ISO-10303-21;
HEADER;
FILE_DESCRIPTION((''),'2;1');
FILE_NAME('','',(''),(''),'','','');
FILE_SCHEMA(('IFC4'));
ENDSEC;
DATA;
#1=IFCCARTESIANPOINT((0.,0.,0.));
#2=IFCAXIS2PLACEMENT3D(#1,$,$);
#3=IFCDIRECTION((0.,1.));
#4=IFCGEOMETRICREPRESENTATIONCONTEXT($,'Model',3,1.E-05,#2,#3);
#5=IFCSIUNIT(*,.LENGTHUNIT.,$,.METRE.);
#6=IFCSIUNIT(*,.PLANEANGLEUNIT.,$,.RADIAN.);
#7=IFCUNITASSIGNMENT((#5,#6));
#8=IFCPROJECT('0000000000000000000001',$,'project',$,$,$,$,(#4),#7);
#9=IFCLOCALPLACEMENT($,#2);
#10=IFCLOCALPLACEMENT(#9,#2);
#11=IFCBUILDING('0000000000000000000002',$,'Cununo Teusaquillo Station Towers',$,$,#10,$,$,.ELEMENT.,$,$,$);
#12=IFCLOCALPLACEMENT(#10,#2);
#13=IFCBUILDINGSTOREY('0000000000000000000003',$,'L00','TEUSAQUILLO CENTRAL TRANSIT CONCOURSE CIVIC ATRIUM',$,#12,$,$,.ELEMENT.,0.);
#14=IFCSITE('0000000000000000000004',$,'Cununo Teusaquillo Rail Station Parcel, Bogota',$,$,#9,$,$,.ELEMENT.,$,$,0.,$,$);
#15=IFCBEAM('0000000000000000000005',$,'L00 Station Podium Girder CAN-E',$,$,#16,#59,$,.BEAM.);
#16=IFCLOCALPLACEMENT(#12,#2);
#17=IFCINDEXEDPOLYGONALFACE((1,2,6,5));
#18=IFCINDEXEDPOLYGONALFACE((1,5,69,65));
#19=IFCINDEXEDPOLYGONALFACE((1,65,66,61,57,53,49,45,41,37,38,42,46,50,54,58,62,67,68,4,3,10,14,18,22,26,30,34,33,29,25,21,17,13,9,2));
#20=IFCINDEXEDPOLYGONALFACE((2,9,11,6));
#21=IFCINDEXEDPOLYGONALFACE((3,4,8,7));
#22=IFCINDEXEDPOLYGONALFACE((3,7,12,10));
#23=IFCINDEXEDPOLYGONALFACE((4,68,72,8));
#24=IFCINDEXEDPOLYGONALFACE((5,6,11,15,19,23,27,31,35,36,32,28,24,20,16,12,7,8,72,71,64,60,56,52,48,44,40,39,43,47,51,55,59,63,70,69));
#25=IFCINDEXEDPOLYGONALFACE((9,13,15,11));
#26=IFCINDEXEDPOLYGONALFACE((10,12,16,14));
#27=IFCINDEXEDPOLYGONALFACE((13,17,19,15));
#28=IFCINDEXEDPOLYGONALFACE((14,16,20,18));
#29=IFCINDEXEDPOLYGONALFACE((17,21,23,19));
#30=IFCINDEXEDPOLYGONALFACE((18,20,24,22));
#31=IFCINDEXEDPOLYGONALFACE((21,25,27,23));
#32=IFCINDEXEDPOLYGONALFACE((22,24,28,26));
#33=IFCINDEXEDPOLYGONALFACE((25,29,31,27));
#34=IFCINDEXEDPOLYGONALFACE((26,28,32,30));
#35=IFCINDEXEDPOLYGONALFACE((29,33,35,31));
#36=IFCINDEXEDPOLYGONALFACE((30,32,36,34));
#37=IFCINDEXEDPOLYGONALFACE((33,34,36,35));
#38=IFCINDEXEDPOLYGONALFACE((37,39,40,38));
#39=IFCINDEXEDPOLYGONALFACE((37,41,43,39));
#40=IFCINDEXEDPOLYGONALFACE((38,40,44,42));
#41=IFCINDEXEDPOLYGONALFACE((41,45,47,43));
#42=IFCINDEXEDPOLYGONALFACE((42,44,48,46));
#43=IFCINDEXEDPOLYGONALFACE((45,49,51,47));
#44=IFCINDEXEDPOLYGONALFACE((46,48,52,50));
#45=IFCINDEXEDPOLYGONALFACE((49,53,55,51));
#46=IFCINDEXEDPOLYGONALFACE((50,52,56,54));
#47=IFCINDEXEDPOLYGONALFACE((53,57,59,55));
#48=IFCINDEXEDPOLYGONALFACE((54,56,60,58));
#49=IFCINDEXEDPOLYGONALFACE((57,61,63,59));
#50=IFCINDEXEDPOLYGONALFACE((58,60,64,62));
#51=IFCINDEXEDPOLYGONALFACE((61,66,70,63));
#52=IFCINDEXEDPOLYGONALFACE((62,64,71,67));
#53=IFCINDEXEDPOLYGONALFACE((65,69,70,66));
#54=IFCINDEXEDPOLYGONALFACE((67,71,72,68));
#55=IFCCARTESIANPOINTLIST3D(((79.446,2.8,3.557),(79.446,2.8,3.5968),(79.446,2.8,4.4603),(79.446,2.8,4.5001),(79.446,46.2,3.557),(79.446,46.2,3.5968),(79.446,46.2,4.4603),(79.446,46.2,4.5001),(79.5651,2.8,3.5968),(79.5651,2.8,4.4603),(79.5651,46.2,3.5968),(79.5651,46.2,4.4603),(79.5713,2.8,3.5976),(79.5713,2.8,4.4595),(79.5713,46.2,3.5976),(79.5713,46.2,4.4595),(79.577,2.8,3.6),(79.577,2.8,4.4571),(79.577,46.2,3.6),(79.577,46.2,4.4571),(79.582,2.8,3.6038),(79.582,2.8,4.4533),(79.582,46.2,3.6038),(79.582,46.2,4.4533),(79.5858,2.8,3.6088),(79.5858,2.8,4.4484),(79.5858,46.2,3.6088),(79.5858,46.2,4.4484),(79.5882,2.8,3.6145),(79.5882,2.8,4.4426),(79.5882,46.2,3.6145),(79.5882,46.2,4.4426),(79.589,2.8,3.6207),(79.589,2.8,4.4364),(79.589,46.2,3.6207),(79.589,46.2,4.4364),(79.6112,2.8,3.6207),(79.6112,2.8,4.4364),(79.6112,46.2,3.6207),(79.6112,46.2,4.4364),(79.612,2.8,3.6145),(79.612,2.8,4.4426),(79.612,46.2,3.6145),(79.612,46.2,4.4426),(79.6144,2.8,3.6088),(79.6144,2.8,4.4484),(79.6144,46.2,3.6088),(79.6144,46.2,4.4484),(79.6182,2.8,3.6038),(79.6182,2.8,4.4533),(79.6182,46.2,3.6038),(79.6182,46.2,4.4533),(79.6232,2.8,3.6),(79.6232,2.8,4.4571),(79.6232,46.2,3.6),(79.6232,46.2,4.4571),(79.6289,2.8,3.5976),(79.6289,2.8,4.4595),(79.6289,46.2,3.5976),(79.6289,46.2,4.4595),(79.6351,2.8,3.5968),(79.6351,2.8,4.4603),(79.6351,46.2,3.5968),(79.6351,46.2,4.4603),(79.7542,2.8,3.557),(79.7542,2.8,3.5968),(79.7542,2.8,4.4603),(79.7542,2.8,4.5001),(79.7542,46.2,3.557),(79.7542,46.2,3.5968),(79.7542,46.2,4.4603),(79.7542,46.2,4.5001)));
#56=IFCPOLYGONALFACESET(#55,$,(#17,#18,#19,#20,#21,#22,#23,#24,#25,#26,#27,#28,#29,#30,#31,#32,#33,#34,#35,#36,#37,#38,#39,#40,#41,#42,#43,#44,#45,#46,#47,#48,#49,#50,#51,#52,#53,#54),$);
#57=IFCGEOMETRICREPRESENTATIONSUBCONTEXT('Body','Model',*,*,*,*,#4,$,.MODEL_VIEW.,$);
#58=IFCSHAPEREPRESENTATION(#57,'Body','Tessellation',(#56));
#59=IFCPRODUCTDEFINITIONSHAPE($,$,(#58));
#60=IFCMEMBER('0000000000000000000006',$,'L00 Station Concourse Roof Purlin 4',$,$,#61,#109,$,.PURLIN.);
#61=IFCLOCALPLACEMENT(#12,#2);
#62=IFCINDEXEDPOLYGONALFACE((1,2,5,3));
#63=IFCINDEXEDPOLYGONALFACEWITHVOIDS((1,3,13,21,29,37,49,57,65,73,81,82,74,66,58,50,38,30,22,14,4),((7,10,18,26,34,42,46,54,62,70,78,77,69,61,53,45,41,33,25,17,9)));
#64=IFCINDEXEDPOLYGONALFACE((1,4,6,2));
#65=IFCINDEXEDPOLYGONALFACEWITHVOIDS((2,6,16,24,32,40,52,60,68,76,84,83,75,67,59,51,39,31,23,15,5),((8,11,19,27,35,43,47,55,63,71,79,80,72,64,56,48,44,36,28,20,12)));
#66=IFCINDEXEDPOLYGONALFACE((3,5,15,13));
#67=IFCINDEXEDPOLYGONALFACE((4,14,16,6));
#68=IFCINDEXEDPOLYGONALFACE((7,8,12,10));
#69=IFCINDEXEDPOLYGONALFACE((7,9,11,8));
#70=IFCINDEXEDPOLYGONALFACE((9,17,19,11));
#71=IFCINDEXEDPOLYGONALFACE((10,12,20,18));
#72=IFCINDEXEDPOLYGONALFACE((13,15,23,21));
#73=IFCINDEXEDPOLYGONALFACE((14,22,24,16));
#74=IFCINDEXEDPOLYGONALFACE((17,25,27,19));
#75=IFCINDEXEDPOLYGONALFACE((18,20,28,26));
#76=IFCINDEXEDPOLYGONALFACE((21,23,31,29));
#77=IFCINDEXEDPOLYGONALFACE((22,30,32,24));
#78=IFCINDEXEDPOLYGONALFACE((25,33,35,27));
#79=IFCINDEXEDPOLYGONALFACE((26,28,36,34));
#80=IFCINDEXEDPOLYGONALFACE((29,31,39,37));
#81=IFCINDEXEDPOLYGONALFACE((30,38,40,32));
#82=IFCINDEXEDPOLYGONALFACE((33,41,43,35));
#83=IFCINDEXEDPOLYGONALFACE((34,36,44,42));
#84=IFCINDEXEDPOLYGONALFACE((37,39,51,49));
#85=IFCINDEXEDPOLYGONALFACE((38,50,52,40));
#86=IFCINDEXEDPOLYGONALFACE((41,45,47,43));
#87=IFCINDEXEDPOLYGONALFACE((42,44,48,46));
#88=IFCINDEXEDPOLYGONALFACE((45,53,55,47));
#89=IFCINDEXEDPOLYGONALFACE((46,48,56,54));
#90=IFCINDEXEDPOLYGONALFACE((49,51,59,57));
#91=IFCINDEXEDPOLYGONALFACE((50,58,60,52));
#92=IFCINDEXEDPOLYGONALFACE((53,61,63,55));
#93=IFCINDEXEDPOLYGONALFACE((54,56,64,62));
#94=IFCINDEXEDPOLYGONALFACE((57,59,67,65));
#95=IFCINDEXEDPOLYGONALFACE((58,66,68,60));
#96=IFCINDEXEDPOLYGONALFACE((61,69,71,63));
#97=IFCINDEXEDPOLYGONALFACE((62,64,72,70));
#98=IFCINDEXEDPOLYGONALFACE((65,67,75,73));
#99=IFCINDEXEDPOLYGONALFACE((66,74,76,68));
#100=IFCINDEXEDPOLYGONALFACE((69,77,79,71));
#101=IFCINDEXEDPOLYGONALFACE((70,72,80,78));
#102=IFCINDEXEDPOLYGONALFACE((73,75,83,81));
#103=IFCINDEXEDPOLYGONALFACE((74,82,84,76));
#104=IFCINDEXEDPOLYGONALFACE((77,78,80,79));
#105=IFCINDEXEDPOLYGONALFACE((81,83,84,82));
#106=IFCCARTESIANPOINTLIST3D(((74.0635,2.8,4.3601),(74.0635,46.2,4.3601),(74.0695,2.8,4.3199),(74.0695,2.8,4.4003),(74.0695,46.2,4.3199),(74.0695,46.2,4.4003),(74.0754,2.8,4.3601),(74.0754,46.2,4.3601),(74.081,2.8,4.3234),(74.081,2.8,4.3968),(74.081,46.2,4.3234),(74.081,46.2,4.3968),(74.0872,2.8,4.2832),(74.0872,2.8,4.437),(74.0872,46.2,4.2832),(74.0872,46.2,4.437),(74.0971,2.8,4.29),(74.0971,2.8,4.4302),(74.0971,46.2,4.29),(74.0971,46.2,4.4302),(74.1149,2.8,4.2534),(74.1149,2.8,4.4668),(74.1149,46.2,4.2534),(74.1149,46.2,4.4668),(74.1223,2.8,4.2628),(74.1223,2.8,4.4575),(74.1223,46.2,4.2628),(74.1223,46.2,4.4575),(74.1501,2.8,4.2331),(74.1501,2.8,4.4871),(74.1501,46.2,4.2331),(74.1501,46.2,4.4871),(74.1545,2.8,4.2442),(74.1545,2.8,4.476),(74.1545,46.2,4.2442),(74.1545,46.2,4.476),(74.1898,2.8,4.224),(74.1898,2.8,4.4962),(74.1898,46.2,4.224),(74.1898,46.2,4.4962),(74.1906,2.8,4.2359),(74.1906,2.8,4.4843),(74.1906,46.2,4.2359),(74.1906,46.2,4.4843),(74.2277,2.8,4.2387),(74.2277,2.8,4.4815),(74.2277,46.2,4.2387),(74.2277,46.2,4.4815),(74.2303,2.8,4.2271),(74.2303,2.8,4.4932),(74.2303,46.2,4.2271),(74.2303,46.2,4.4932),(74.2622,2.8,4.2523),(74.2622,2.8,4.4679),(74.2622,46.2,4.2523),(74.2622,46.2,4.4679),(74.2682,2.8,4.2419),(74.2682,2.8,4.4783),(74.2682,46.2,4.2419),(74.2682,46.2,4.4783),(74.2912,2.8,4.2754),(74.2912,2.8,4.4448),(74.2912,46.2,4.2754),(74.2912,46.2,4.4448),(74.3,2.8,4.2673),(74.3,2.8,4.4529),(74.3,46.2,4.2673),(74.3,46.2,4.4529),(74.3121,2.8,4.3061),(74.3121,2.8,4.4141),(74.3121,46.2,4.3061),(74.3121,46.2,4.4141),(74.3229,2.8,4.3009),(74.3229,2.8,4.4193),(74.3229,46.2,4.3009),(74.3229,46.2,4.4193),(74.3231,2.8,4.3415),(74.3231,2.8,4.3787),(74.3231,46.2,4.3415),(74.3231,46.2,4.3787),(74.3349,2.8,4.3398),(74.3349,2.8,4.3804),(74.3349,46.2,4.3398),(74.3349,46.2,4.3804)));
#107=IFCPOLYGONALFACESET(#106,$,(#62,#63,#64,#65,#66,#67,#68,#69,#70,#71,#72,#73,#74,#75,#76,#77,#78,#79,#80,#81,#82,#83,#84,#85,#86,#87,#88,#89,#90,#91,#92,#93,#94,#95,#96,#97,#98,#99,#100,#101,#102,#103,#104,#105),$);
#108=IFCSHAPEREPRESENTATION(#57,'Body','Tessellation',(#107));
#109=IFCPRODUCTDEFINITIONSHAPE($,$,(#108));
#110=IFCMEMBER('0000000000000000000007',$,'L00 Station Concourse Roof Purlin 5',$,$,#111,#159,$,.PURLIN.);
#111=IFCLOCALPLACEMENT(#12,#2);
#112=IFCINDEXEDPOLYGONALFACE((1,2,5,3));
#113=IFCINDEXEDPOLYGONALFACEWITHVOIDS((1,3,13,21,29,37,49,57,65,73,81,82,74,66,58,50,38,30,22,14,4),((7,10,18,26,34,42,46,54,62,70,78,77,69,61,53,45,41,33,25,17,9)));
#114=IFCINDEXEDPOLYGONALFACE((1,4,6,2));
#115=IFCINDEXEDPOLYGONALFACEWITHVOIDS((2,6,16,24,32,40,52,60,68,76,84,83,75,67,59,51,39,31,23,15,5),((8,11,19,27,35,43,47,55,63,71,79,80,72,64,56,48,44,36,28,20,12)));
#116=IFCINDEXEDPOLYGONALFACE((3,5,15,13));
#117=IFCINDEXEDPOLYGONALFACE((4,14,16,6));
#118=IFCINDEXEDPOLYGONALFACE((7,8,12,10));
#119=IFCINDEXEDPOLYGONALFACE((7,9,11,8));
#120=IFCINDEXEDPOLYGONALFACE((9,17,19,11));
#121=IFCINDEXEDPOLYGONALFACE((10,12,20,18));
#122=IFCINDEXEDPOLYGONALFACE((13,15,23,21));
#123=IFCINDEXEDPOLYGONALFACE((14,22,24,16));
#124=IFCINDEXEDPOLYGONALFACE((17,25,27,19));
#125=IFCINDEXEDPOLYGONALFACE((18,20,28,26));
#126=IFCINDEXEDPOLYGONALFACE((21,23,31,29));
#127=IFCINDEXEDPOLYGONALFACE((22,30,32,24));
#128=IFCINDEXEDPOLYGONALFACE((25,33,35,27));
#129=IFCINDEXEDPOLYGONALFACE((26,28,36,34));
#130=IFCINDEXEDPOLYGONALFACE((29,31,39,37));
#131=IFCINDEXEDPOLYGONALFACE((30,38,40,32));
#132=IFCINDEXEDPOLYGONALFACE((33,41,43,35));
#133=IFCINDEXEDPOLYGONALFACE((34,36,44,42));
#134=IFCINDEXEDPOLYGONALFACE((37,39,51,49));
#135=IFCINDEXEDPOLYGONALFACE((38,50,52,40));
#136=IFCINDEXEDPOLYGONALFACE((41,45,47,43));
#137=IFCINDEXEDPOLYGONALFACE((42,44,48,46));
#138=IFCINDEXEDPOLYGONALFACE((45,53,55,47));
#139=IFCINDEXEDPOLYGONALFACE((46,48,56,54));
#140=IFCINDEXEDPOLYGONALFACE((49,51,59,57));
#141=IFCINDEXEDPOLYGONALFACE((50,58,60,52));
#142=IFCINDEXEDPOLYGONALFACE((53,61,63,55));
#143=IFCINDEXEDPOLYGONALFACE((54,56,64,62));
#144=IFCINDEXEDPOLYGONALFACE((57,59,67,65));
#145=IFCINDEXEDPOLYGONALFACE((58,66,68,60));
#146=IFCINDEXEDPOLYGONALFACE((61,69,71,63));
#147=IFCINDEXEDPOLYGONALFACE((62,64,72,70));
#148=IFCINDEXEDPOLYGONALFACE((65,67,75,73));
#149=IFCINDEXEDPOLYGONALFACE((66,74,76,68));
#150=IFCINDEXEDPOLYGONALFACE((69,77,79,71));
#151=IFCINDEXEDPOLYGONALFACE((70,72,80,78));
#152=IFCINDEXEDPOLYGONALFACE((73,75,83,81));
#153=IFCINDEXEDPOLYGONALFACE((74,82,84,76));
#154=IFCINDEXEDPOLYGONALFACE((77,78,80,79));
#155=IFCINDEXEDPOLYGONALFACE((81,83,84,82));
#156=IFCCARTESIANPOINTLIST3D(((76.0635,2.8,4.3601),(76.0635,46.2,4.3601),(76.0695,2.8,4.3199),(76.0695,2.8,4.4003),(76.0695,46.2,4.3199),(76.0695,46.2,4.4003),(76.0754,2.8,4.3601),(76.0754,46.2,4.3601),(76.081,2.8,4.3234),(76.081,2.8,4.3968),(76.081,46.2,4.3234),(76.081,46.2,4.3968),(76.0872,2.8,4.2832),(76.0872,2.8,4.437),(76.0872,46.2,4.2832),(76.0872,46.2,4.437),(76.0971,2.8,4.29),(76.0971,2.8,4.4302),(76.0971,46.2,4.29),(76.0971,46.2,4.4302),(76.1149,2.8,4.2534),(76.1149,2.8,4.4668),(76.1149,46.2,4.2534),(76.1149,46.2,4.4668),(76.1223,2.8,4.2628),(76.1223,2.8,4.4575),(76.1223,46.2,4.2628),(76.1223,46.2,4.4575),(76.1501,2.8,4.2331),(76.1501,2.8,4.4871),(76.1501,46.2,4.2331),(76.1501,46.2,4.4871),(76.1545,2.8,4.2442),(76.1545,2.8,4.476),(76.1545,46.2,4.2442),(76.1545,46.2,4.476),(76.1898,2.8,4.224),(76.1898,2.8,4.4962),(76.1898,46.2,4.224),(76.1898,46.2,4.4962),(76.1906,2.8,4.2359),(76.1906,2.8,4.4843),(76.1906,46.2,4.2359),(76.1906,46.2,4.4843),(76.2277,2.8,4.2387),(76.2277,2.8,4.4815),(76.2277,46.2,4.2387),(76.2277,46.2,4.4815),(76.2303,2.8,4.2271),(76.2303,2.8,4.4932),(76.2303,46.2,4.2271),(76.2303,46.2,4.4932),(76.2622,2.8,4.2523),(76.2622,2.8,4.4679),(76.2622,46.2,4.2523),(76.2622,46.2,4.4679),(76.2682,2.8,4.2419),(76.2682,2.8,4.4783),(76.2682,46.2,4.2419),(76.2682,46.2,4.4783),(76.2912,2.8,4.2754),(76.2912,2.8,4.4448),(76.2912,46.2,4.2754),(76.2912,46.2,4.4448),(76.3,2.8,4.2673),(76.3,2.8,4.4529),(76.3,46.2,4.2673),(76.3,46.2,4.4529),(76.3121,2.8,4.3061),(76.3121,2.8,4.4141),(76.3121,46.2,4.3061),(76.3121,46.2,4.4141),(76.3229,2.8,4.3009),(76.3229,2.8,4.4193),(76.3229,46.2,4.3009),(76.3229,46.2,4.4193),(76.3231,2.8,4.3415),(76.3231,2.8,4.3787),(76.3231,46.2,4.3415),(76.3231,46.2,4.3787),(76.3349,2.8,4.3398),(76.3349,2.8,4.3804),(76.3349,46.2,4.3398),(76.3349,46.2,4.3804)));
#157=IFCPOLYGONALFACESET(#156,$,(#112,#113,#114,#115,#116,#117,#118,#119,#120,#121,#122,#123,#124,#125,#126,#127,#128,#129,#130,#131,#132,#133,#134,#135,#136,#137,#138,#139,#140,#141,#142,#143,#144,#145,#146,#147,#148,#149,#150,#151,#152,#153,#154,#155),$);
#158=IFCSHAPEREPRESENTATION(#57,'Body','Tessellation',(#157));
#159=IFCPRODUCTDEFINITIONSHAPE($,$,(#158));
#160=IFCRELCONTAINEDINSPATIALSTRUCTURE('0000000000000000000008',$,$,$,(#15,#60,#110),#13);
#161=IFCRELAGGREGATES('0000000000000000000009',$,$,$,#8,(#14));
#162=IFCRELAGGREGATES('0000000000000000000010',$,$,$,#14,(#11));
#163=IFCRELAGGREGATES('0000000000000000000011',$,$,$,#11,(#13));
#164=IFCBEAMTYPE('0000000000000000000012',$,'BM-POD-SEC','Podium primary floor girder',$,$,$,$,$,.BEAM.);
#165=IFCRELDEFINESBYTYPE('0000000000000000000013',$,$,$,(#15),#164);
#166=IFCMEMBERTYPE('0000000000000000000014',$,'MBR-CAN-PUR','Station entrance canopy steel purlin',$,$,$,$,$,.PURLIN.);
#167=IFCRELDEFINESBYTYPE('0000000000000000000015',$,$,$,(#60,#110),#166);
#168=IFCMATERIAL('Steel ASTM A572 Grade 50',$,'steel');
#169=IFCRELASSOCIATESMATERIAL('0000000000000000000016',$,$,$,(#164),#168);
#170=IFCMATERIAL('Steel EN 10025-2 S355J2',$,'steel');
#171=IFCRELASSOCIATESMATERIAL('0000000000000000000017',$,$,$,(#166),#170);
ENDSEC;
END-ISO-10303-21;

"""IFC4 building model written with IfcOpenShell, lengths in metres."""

from ifc_helpers import new_model, si_unit, direction, frame, origin, origin_2d, place, context, subcontext, project, spatial, hollow_circle, i_section, extrude, material, material_profile, profile_set, type_object, element, save


model = new_model("IFC4")

# Units and contexts
model_context = context("Model", 3, precision=1e-05, world=origin(), true_north=direction((0.0, 1.0)))
body_context = subcontext(model_context, "Body", "Model", "MODEL_VIEW")
ifc_project = project(units=[si_unit("LENGTHUNIT", "METRE"), si_unit("PLANEANGLEUNIT", "RADIAN")], contexts=[model_context])

# Site, building, storey
site_placement = place(None, origin())
site = spatial("IfcSite", under=ifc_project, at=site_placement, Name="Cununo Teusaquillo Rail Station Parcel, Bogota", CompositionType="ELEMENT", RefElevation=0.0)
building_placement = place(site_placement, origin())
building = spatial("IfcBuilding", under=site, at=building_placement, Name="Cununo Teusaquillo Station Towers", CompositionType="ELEMENT")
storey_placement = place(building_placement, origin())
storey = spatial("IfcBuildingStorey", under=building, at=storey_placement, Name="L00", Description="TEUSAQUILLO CENTRAL TRANSIT CONCOURSE CIVIC ATRIUM", CompositionType="ELEMENT", Elevation=0.0)

# Beam
ifc_material_1 = material(Name="Steel ASTM A572 Grade 50", Category="steel")
ifc_material_profile_1 = material_profile(ifc_material_1, i_section(OverallWidth=0.3081, OverallDepth=0.9431, WebThickness=0.0222, FlangeThickness=0.0398, FilletRadius=0.0239, at=origin_2d()), Name="W36X232")
ifc_profile_set_1 = profile_set([ifc_material_profile_1], Name="Steel ASTM A572 Grade 50")
beam_type = type_object("IfcBeamType", Name="BM-POD-SEC", Description="Podium primary floor girder", PredefinedType="BEAM", material=ifc_profile_set_1)
beam_1_placement = place(storey_placement, frame((79.6001, 2.8, 4.0286), z_axis=(0.0, 1.0, 0.0), x_axis=(-1.0, 0.0, 0.0)))
element("IfcBeam", 1, at=beam_1_placement, inside=storey, type_object=beam_type, Name="L00 Station Podium Girder CAN-E", PredefinedType="BEAM", context=body_context, shape_type="SweptSolid", body=[
    extrude(i_section(OverallWidth=0.3081, OverallDepth=0.9431, WebThickness=0.0222, FlangeThickness=0.0398, FilletRadius=0.0239, at=origin_2d()), origin(), (0.0, 0.0, 1.0), 43.3999),
])

# Members
ifc_material_2 = material(Name="Steel EN 10025-2 S355J2", Category="steel")
ifc_material_profile_2 = material_profile(ifc_material_2, hollow_circle(Radius=0.1365, WallThickness=0.012, at=origin_2d()), Name="CHS 273x12")
ifc_profile_set_2 = profile_set([ifc_material_profile_2], Name="Steel EN 10025-2 S355J2")
member_type_1 = type_object("IfcMemberType", Name="MBR-CAN-PUR", Description="Station entrance canopy steel purlin", PredefinedType="PURLIN", material=ifc_profile_set_2)
for number, where, z_axis, x_axis, name in (
    (2, (74.2, 2.8, 4.3601), (0.0, 1.0, 0.0), (-1.0, 0.0, 0.0), "L00 Station Concourse Roof Purlin 4"),
    (3, (76.2, 2.8, 4.3601), (0.0, 1.0, 0.0), (-1.0, 0.0, 0.0), "L00 Station Concourse Roof Purlin 5"),
):
    element("IfcMember", number, at=place(storey_placement, frame(where, z_axis=z_axis, x_axis=x_axis)), inside=storey, type_object=member_type_1, Name=name, PredefinedType="PURLIN", context=body_context, shape_type="SweptSolid", body=[
        extrude(hollow_circle(Radius=0.1365, WallThickness=0.012, at=origin_2d()), origin(), (0.0, 0.0, 1.0), 43.3999),
    ])

save(model, "model.ifc")
